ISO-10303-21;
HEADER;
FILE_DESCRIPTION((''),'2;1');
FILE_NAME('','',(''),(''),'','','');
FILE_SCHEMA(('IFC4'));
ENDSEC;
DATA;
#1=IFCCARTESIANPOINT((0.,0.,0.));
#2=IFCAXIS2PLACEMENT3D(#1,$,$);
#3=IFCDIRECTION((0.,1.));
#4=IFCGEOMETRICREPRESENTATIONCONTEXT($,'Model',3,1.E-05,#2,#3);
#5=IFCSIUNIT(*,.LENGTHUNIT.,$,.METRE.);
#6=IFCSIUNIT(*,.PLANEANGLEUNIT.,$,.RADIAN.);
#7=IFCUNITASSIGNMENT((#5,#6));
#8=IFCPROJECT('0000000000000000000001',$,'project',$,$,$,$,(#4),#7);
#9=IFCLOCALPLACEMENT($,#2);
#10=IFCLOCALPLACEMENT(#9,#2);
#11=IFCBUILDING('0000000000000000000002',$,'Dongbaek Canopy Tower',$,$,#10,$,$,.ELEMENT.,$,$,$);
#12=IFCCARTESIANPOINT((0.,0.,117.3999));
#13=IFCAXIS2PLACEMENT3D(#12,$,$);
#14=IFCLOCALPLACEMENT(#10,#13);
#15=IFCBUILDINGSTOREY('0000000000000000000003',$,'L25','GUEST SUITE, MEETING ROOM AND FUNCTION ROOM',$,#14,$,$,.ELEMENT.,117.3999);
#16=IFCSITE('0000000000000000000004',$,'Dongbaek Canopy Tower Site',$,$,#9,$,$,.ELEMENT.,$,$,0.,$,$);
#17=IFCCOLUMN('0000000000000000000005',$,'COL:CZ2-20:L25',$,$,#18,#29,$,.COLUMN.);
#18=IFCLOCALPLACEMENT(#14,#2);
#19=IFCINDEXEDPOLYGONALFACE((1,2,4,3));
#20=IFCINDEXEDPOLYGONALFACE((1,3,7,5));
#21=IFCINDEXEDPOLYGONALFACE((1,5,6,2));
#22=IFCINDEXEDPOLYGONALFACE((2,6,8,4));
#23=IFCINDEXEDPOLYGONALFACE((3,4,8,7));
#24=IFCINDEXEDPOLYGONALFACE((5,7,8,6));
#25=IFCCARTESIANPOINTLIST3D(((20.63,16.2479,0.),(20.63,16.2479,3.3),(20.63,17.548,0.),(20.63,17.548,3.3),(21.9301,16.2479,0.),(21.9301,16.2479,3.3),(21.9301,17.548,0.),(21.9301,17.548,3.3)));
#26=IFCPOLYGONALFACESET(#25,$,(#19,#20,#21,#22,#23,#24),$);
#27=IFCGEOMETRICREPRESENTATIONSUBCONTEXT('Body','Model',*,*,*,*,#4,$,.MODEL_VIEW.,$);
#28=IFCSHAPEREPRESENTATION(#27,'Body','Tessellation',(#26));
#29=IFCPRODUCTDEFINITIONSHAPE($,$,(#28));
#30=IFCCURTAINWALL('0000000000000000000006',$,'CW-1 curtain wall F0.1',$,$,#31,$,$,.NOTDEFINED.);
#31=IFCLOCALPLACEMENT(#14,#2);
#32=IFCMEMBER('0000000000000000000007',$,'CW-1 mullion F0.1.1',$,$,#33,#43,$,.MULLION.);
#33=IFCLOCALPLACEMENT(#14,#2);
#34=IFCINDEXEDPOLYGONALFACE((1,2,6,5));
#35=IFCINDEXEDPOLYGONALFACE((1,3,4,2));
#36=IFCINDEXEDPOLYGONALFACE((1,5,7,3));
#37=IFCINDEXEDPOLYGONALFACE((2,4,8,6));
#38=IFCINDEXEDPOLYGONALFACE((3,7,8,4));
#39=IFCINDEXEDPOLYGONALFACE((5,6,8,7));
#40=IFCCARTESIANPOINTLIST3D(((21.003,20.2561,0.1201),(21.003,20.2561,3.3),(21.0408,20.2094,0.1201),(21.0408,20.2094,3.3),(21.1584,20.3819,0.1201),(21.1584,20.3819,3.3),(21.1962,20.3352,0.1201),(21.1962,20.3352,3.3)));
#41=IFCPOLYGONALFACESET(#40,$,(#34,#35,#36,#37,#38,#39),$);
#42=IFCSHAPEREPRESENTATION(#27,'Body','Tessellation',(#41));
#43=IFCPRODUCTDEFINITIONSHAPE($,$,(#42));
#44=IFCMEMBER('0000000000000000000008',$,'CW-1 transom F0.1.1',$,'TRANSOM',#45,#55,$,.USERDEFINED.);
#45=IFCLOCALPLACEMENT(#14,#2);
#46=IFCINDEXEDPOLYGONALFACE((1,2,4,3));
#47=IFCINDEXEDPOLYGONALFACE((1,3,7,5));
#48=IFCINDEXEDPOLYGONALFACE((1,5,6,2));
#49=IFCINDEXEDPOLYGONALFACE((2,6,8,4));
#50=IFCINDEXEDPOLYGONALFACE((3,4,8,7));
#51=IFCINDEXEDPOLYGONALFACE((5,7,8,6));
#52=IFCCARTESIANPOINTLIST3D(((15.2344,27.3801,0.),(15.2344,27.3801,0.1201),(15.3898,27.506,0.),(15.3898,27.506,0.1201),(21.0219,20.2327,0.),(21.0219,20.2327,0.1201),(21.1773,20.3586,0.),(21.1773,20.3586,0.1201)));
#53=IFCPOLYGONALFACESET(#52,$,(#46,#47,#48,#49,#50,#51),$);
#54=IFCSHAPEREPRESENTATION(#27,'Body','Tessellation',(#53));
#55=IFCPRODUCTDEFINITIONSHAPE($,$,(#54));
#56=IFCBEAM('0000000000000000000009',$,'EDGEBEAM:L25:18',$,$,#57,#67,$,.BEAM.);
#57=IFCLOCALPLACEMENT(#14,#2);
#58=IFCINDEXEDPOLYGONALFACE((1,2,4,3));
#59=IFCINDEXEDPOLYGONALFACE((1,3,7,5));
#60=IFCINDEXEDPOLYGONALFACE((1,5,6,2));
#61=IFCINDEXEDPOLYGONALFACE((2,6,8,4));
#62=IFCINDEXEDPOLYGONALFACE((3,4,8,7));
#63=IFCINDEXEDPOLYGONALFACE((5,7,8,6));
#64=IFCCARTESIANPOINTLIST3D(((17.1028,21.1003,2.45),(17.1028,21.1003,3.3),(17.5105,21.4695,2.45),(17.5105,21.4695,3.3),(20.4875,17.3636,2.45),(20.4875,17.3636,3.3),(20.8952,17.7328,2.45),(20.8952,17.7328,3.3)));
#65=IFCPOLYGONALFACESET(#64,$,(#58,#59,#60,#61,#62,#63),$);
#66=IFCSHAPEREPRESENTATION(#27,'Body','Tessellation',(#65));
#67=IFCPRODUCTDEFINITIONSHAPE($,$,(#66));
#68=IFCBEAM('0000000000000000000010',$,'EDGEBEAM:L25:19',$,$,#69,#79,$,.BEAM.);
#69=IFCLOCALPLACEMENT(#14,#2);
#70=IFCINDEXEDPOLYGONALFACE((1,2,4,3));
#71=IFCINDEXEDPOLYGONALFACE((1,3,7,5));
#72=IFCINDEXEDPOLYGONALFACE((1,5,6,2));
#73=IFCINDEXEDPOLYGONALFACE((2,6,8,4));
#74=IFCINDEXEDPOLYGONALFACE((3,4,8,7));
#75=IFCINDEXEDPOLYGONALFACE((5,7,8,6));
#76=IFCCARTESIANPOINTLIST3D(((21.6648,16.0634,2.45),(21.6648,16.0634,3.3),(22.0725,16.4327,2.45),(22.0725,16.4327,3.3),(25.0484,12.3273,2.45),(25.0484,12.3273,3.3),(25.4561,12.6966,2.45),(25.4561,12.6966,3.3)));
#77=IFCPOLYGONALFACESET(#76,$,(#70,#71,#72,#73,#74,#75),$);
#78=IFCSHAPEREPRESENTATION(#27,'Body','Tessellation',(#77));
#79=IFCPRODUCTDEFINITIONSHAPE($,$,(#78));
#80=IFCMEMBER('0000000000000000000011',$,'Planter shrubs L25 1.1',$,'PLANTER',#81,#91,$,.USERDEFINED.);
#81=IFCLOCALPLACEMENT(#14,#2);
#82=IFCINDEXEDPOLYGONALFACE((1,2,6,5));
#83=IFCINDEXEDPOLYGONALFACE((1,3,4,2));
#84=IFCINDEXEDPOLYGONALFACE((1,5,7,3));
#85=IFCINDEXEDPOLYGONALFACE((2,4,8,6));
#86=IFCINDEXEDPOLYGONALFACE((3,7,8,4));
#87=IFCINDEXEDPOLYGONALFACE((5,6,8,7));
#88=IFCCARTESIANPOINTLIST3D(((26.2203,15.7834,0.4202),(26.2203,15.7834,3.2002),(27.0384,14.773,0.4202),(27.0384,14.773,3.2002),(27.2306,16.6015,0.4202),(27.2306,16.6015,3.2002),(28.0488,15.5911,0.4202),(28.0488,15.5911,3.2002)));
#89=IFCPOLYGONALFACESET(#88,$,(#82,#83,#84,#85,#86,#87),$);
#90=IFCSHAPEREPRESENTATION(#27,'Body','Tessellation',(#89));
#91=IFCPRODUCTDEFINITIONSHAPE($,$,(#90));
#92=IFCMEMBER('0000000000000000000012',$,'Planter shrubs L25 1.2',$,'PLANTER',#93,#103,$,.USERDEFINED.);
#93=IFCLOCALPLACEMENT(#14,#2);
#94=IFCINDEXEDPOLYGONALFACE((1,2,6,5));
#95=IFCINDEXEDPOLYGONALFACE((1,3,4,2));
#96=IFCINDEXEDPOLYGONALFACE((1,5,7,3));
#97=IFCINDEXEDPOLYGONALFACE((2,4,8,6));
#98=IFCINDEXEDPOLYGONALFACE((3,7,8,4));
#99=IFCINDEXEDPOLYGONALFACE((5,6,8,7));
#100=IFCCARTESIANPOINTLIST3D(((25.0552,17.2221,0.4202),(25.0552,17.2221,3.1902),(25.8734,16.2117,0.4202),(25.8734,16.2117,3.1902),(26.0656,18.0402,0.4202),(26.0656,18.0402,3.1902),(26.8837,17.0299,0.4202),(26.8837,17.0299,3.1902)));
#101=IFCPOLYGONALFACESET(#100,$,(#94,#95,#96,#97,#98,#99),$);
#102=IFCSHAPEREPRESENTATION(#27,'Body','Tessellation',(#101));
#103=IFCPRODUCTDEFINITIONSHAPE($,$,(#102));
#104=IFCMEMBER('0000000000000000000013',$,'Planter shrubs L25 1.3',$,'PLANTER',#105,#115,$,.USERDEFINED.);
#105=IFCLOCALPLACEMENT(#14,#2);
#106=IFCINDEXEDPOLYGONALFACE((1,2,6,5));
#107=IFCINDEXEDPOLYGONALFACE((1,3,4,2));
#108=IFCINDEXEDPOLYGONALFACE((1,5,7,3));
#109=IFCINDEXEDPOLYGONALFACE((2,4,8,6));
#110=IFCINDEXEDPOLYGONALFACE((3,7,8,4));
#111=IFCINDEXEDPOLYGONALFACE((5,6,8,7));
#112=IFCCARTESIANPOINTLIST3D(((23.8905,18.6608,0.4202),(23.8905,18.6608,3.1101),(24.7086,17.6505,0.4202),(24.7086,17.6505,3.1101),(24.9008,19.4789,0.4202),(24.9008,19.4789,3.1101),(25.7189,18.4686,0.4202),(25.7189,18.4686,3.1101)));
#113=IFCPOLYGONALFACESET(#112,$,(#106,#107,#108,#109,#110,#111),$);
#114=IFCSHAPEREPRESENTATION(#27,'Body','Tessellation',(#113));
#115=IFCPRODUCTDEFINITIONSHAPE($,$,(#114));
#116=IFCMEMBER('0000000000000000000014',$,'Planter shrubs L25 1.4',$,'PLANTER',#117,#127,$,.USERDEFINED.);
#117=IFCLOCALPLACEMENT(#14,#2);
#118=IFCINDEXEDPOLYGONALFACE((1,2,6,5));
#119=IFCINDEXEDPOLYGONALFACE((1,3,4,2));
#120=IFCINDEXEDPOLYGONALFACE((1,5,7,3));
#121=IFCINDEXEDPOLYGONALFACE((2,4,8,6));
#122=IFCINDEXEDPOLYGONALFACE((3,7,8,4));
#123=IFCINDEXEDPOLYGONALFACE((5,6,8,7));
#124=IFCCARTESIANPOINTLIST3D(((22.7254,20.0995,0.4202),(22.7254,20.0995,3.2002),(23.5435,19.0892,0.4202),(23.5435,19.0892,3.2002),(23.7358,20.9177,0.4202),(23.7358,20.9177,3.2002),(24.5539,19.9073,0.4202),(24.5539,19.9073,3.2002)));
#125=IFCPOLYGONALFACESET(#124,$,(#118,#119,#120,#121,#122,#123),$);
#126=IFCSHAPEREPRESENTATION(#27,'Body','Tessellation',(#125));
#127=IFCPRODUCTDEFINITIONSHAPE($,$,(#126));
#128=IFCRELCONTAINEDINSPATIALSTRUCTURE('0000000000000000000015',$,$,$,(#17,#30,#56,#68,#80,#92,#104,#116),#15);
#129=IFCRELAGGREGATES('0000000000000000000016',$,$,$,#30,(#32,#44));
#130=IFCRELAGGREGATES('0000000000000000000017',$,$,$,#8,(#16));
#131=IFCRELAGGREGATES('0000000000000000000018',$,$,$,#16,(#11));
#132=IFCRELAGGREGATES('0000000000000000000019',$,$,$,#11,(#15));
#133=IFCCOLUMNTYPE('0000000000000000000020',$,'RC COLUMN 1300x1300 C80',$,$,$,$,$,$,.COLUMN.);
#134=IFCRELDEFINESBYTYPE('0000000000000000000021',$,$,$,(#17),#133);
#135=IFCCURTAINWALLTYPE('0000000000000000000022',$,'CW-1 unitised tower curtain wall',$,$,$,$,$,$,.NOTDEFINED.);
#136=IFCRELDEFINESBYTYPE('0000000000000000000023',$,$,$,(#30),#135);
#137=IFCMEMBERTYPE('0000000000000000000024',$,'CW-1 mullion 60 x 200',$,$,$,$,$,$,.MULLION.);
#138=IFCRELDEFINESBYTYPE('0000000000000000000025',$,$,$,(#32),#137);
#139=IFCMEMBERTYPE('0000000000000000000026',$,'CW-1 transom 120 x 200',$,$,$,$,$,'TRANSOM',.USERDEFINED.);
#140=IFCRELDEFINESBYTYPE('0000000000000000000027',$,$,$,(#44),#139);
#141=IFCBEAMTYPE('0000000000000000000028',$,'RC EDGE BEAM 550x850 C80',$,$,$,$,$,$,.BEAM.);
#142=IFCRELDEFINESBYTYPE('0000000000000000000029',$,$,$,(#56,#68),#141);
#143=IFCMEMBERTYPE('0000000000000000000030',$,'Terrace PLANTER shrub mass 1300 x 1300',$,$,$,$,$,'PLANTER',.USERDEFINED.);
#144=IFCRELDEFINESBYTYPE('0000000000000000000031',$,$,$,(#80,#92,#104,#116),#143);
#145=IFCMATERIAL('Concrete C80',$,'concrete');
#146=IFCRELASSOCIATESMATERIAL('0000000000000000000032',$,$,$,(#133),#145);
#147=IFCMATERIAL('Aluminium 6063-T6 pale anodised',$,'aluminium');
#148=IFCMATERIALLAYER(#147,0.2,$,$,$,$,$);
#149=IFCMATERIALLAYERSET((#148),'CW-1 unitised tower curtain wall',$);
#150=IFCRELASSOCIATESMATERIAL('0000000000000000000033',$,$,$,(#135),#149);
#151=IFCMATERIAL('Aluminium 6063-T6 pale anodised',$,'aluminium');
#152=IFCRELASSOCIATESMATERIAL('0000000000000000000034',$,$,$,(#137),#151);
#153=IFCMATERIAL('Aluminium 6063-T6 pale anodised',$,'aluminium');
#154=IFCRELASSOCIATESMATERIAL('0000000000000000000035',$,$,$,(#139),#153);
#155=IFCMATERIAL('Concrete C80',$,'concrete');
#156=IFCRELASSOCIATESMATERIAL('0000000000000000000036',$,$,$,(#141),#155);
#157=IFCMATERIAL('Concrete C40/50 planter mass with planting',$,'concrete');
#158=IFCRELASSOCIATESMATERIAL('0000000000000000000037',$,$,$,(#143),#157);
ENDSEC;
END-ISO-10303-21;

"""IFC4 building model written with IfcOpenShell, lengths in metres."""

from ifc_helpers import new_model, si_unit, direction, frame, origin, origin_2d, place, context, subcontext, project, spatial, rectangle, extrude, material, layer, layer_set, material_profile, profile_set, type_object, element, aggregate, save


model = new_model("IFC4")

# Units and contexts
model_context = context("Model", 3, precision=1e-05, world=origin(), true_north=direction((0.0, 1.0)))
body_context = subcontext(model_context, "Body", "Model", "MODEL_VIEW")
ifc_project = project(units=[si_unit("LENGTHUNIT", "METRE"), si_unit("PLANEANGLEUNIT", "RADIAN")], contexts=[model_context])

# Site, building, storey
site_placement = place(None, origin())
site = spatial("IfcSite", under=ifc_project, at=site_placement, Name="Dongbaek Canopy Tower Site", CompositionType="ELEMENT", RefElevation=0.0)
building_placement = place(site_placement, origin())
building = spatial("IfcBuilding", under=site, at=building_placement, Name="Dongbaek Canopy Tower", CompositionType="ELEMENT")
storey_placement = place(building_placement, frame((0.0, 0.0, 117.3999)))
storey = spatial("IfcBuildingStorey", under=building, at=storey_placement, Name="L25", Description="GUEST SUITE, MEETING ROOM AND FUNCTION ROOM", CompositionType="ELEMENT", Elevation=117.3999)

# Column
ifc_material_1 = material(Name="Concrete C80", Category="concrete")
ifc_material_profile_1 = material_profile(ifc_material_1, rectangle(XDim=1.3, YDim=1.3, at=origin_2d()), Name="RC COLUMN 1300x1300 C80")
ifc_profile_set_1 = profile_set([ifc_material_profile_1], Name="Concrete C80")
column_type = type_object("IfcColumnType", Name="RC COLUMN 1300x1300 C80", PredefinedType="COLUMN", material=ifc_profile_set_1)
column_placement = place(storey_placement, frame((21.28, 16.8979, 0.0), z_axis=(0.0, 0.0, 1.0), x_axis=(1.0, 0.0, 0.0)))
element("IfcColumn", 1, at=column_placement, inside=storey, type_object=column_type, Name="COL:CZ2-20:L25", PredefinedType="COLUMN", context=body_context, shape_type="SweptSolid", body=[
    extrude(rectangle(XDim=1.3, YDim=1.3, at=origin_2d()), origin(), (0.0, 0.0, 1.0), 3.3),
])

# Curtain wall, members
ifc_material_2 = material(Name="Aluminium 6063-T6 pale anodised", Category="aluminium")
ifc_layer_1 = layer(ifc_material_2, 0.2)
ifc_layer_set_1 = layer_set([ifc_layer_1], Name="CW-1 unitised tower curtain wall")
curtain_wall_type = type_object("IfcCurtainWallType", Name="CW-1 unitised tower curtain wall", PredefinedType="NOTDEFINED", material=ifc_layer_set_1)
curtain_wall_placement = place(storey_placement, origin())
curtain_wall = element("IfcCurtainWall", 2, at=curtain_wall_placement, inside=storey, type_object=curtain_wall_type, Name="CW-1 curtain wall F0.1", PredefinedType="NOTDEFINED")
ifc_material_3 = material(Name="Aluminium 6063-T6 pale anodised", Category="aluminium")
ifc_material_profile_2 = material_profile(ifc_material_3, rectangle(XDim=0.2, YDim=0.0601, at=origin_2d()), Name="CW-1 mullion 60 x 200")
ifc_profile_set_2 = profile_set([ifc_material_profile_2], Name="Aluminium 6063-T6 pale anodised")
member_type_1 = type_object("IfcMemberType", Name="CW-1 mullion 60 x 200", PredefinedType="MULLION", material=ifc_profile_set_2)
member_1_placement = place(storey_placement, frame((21.0996, 20.2957, 0.1201), z_axis=(0.0, 0.0, 1.0), x_axis=(0.777161, 0.629302, 0.0)))
member_1 = element("IfcMember", 3, at=member_1_placement, type_object=member_type_1, Name="CW-1 mullion F0.1.1", PredefinedType="MULLION", context=body_context, shape_type="SweptSolid", body=[
    extrude(rectangle(XDim=0.2, YDim=0.0601, at=origin_2d()), origin(), (0.0, 0.0, 1.0), 3.1799),
])
ifc_material_4 = material(Name="Aluminium 6063-T6 pale anodised", Category="aluminium")
ifc_material_profile_3 = material_profile(ifc_material_4, rectangle(XDim=0.2, YDim=0.1201, at=origin_2d()), Name="CW-1 transom 120 x 200")
ifc_profile_set_3 = profile_set([ifc_material_profile_3], Name="Aluminium 6063-T6 pale anodised")
member_type_2 = type_object("IfcMemberType", Name="CW-1 transom 120 x 200", ElementType="TRANSOM", PredefinedType="USERDEFINED", material=ifc_profile_set_3)
member_2_placement = place(storey_placement, frame((21.0996, 20.2957, 0.0601), z_axis=(-0.629301, 0.777162, 0.0), x_axis=(-0.777162, -0.629301, 0.0)))
member_2 = element("IfcMember", 4, at=member_2_placement, type_object=member_type_2, Name="CW-1 transom F0.1.1", ObjectType="TRANSOM", PredefinedType="USERDEFINED", context=body_context, shape_type="SweptSolid", body=[
    extrude(rectangle(XDim=0.2, YDim=0.1201, at=origin_2d()), origin(), (0.0, 0.0, 1.0), 9.1968),
])
aggregate(curtain_wall, [member_1, member_2])

# Beams
ifc_material_5 = material(Name="Concrete C80", Category="concrete")
ifc_material_profile_4 = material_profile(ifc_material_5, rectangle(XDim=0.55, YDim=0.8501, at=origin_2d()), Name="RC EDGE BEAM 550x850 C80")
ifc_profile_set_4 = profile_set([ifc_material_profile_4], Name="Concrete C80")
beam_type = type_object("IfcBeamType", Name="RC EDGE BEAM 550x850 C80", PredefinedType="BEAM", material=ifc_profile_set_4)
beam_1_placement = place(storey_placement, frame((17.3066, 21.2849, 2.875), z_axis=(0.671332, -0.741157, 0.0), x_axis=(0.741157, 0.671332, 0.0)))
element("IfcBeam", 5, at=beam_1_placement, inside=storey, type_object=beam_type, Name="EDGEBEAM:L25:18", PredefinedType="BEAM", context=body_context, shape_type="SweptSolid", body=[
    extrude(rectangle(XDim=0.55, YDim=0.8501, at=origin_2d()), origin(), (0.0, 0.0, 1.0), 5.0417),
])
beam_2_placement = place(storey_placement, frame((21.8687, 16.248, 2.875), z_axis=(0.671271, -0.741212, 0.0), x_axis=(0.741212, 0.671271, 0.0)))
element("IfcBeam", 6, at=beam_2_placement, inside=storey, type_object=beam_type, Name="EDGEBEAM:L25:19", PredefinedType="BEAM", context=body_context, shape_type="SweptSolid", body=[
    extrude(rectangle(XDim=0.55, YDim=0.8501, at=origin_2d()), origin(), (0.0, 0.0, 1.0), 5.0405),
])

# Members
ifc_material_6 = material(Name="Concrete C40/50 planter mass with planting", Category="concrete")
ifc_material_profile_5 = material_profile(ifc_material_6, rectangle(XDim=1.3, YDim=1.3, at=origin_2d()), Name="Terrace PLANTER shrub mass 1300 x 1300")
ifc_profile_set_5 = profile_set([ifc_material_profile_5], Name="Concrete C40/50 planter mass with planting")
member_type_3 = type_object("IfcMemberType", Name="Terrace PLANTER shrub mass 1300 x 1300", ElementType="PLANTER", PredefinedType="USERDEFINED", material=ifc_profile_set_5)
member_3_placement = place(storey_placement, frame((27.1345, 15.6873, 0.4202), z_axis=(0.0, 0.0, 1.0), x_axis=(0.777161, 0.629302, 0.0)))
element("IfcMember", 7, at=member_3_placement, inside=storey, type_object=member_type_3, Name="Planter shrubs L25 1.1", ObjectType="PLANTER", PredefinedType="USERDEFINED", context=body_context, shape_type="SweptSolid", body=[
    extrude(rectangle(XDim=1.3, YDim=1.3, at=origin_2d()), origin(), (0.0, 0.0, 1.0), 2.78),
])
member_4_placement = place(storey_placement, frame((25.9695, 17.126, 0.4202), z_axis=(0.0, 0.0, 1.0), x_axis=(0.777161, 0.629302, 0.0)))
element("IfcMember", 8, at=member_4_placement, inside=storey, type_object=member_type_3, Name="Planter shrubs L25 1.2", ObjectType="PLANTER", PredefinedType="USERDEFINED", context=body_context, shape_type="SweptSolid", body=[
    extrude(rectangle(XDim=1.3, YDim=1.3, at=origin_2d()), origin(), (0.0, 0.0, 1.0), 2.77),
])
member_5_placement = place(storey_placement, frame((24.8047, 18.5647, 0.4202), z_axis=(0.0, 0.0, 1.0), x_axis=(0.777161, 0.629302, 0.0)))
element("IfcMember", 9, at=member_5_placement, inside=storey, type_object=member_type_3, Name="Planter shrubs L25 1.3", ObjectType="PLANTER", PredefinedType="USERDEFINED", context=body_context, shape_type="SweptSolid", body=[
    extrude(rectangle(XDim=1.3, YDim=1.3, at=origin_2d()), origin(), (0.0, 0.0, 1.0), 2.6899),
])
member_6_placement = place(storey_placement, frame((23.6396, 20.0034, 0.4202), z_axis=(0.0, 0.0, 1.0), x_axis=(0.777161, 0.629302, 0.0)))
element("IfcMember", 10, at=member_6_placement, inside=storey, type_object=member_type_3, Name="Planter shrubs L25 1.4", ObjectType="PLANTER", PredefinedType="USERDEFINED", context=body_context, shape_type="SweptSolid", body=[
    extrude(rectangle(XDim=1.3, YDim=1.3, at=origin_2d()), origin(), (0.0, 0.0, 1.0), 2.78),
])

save(model, "model.ifc")
